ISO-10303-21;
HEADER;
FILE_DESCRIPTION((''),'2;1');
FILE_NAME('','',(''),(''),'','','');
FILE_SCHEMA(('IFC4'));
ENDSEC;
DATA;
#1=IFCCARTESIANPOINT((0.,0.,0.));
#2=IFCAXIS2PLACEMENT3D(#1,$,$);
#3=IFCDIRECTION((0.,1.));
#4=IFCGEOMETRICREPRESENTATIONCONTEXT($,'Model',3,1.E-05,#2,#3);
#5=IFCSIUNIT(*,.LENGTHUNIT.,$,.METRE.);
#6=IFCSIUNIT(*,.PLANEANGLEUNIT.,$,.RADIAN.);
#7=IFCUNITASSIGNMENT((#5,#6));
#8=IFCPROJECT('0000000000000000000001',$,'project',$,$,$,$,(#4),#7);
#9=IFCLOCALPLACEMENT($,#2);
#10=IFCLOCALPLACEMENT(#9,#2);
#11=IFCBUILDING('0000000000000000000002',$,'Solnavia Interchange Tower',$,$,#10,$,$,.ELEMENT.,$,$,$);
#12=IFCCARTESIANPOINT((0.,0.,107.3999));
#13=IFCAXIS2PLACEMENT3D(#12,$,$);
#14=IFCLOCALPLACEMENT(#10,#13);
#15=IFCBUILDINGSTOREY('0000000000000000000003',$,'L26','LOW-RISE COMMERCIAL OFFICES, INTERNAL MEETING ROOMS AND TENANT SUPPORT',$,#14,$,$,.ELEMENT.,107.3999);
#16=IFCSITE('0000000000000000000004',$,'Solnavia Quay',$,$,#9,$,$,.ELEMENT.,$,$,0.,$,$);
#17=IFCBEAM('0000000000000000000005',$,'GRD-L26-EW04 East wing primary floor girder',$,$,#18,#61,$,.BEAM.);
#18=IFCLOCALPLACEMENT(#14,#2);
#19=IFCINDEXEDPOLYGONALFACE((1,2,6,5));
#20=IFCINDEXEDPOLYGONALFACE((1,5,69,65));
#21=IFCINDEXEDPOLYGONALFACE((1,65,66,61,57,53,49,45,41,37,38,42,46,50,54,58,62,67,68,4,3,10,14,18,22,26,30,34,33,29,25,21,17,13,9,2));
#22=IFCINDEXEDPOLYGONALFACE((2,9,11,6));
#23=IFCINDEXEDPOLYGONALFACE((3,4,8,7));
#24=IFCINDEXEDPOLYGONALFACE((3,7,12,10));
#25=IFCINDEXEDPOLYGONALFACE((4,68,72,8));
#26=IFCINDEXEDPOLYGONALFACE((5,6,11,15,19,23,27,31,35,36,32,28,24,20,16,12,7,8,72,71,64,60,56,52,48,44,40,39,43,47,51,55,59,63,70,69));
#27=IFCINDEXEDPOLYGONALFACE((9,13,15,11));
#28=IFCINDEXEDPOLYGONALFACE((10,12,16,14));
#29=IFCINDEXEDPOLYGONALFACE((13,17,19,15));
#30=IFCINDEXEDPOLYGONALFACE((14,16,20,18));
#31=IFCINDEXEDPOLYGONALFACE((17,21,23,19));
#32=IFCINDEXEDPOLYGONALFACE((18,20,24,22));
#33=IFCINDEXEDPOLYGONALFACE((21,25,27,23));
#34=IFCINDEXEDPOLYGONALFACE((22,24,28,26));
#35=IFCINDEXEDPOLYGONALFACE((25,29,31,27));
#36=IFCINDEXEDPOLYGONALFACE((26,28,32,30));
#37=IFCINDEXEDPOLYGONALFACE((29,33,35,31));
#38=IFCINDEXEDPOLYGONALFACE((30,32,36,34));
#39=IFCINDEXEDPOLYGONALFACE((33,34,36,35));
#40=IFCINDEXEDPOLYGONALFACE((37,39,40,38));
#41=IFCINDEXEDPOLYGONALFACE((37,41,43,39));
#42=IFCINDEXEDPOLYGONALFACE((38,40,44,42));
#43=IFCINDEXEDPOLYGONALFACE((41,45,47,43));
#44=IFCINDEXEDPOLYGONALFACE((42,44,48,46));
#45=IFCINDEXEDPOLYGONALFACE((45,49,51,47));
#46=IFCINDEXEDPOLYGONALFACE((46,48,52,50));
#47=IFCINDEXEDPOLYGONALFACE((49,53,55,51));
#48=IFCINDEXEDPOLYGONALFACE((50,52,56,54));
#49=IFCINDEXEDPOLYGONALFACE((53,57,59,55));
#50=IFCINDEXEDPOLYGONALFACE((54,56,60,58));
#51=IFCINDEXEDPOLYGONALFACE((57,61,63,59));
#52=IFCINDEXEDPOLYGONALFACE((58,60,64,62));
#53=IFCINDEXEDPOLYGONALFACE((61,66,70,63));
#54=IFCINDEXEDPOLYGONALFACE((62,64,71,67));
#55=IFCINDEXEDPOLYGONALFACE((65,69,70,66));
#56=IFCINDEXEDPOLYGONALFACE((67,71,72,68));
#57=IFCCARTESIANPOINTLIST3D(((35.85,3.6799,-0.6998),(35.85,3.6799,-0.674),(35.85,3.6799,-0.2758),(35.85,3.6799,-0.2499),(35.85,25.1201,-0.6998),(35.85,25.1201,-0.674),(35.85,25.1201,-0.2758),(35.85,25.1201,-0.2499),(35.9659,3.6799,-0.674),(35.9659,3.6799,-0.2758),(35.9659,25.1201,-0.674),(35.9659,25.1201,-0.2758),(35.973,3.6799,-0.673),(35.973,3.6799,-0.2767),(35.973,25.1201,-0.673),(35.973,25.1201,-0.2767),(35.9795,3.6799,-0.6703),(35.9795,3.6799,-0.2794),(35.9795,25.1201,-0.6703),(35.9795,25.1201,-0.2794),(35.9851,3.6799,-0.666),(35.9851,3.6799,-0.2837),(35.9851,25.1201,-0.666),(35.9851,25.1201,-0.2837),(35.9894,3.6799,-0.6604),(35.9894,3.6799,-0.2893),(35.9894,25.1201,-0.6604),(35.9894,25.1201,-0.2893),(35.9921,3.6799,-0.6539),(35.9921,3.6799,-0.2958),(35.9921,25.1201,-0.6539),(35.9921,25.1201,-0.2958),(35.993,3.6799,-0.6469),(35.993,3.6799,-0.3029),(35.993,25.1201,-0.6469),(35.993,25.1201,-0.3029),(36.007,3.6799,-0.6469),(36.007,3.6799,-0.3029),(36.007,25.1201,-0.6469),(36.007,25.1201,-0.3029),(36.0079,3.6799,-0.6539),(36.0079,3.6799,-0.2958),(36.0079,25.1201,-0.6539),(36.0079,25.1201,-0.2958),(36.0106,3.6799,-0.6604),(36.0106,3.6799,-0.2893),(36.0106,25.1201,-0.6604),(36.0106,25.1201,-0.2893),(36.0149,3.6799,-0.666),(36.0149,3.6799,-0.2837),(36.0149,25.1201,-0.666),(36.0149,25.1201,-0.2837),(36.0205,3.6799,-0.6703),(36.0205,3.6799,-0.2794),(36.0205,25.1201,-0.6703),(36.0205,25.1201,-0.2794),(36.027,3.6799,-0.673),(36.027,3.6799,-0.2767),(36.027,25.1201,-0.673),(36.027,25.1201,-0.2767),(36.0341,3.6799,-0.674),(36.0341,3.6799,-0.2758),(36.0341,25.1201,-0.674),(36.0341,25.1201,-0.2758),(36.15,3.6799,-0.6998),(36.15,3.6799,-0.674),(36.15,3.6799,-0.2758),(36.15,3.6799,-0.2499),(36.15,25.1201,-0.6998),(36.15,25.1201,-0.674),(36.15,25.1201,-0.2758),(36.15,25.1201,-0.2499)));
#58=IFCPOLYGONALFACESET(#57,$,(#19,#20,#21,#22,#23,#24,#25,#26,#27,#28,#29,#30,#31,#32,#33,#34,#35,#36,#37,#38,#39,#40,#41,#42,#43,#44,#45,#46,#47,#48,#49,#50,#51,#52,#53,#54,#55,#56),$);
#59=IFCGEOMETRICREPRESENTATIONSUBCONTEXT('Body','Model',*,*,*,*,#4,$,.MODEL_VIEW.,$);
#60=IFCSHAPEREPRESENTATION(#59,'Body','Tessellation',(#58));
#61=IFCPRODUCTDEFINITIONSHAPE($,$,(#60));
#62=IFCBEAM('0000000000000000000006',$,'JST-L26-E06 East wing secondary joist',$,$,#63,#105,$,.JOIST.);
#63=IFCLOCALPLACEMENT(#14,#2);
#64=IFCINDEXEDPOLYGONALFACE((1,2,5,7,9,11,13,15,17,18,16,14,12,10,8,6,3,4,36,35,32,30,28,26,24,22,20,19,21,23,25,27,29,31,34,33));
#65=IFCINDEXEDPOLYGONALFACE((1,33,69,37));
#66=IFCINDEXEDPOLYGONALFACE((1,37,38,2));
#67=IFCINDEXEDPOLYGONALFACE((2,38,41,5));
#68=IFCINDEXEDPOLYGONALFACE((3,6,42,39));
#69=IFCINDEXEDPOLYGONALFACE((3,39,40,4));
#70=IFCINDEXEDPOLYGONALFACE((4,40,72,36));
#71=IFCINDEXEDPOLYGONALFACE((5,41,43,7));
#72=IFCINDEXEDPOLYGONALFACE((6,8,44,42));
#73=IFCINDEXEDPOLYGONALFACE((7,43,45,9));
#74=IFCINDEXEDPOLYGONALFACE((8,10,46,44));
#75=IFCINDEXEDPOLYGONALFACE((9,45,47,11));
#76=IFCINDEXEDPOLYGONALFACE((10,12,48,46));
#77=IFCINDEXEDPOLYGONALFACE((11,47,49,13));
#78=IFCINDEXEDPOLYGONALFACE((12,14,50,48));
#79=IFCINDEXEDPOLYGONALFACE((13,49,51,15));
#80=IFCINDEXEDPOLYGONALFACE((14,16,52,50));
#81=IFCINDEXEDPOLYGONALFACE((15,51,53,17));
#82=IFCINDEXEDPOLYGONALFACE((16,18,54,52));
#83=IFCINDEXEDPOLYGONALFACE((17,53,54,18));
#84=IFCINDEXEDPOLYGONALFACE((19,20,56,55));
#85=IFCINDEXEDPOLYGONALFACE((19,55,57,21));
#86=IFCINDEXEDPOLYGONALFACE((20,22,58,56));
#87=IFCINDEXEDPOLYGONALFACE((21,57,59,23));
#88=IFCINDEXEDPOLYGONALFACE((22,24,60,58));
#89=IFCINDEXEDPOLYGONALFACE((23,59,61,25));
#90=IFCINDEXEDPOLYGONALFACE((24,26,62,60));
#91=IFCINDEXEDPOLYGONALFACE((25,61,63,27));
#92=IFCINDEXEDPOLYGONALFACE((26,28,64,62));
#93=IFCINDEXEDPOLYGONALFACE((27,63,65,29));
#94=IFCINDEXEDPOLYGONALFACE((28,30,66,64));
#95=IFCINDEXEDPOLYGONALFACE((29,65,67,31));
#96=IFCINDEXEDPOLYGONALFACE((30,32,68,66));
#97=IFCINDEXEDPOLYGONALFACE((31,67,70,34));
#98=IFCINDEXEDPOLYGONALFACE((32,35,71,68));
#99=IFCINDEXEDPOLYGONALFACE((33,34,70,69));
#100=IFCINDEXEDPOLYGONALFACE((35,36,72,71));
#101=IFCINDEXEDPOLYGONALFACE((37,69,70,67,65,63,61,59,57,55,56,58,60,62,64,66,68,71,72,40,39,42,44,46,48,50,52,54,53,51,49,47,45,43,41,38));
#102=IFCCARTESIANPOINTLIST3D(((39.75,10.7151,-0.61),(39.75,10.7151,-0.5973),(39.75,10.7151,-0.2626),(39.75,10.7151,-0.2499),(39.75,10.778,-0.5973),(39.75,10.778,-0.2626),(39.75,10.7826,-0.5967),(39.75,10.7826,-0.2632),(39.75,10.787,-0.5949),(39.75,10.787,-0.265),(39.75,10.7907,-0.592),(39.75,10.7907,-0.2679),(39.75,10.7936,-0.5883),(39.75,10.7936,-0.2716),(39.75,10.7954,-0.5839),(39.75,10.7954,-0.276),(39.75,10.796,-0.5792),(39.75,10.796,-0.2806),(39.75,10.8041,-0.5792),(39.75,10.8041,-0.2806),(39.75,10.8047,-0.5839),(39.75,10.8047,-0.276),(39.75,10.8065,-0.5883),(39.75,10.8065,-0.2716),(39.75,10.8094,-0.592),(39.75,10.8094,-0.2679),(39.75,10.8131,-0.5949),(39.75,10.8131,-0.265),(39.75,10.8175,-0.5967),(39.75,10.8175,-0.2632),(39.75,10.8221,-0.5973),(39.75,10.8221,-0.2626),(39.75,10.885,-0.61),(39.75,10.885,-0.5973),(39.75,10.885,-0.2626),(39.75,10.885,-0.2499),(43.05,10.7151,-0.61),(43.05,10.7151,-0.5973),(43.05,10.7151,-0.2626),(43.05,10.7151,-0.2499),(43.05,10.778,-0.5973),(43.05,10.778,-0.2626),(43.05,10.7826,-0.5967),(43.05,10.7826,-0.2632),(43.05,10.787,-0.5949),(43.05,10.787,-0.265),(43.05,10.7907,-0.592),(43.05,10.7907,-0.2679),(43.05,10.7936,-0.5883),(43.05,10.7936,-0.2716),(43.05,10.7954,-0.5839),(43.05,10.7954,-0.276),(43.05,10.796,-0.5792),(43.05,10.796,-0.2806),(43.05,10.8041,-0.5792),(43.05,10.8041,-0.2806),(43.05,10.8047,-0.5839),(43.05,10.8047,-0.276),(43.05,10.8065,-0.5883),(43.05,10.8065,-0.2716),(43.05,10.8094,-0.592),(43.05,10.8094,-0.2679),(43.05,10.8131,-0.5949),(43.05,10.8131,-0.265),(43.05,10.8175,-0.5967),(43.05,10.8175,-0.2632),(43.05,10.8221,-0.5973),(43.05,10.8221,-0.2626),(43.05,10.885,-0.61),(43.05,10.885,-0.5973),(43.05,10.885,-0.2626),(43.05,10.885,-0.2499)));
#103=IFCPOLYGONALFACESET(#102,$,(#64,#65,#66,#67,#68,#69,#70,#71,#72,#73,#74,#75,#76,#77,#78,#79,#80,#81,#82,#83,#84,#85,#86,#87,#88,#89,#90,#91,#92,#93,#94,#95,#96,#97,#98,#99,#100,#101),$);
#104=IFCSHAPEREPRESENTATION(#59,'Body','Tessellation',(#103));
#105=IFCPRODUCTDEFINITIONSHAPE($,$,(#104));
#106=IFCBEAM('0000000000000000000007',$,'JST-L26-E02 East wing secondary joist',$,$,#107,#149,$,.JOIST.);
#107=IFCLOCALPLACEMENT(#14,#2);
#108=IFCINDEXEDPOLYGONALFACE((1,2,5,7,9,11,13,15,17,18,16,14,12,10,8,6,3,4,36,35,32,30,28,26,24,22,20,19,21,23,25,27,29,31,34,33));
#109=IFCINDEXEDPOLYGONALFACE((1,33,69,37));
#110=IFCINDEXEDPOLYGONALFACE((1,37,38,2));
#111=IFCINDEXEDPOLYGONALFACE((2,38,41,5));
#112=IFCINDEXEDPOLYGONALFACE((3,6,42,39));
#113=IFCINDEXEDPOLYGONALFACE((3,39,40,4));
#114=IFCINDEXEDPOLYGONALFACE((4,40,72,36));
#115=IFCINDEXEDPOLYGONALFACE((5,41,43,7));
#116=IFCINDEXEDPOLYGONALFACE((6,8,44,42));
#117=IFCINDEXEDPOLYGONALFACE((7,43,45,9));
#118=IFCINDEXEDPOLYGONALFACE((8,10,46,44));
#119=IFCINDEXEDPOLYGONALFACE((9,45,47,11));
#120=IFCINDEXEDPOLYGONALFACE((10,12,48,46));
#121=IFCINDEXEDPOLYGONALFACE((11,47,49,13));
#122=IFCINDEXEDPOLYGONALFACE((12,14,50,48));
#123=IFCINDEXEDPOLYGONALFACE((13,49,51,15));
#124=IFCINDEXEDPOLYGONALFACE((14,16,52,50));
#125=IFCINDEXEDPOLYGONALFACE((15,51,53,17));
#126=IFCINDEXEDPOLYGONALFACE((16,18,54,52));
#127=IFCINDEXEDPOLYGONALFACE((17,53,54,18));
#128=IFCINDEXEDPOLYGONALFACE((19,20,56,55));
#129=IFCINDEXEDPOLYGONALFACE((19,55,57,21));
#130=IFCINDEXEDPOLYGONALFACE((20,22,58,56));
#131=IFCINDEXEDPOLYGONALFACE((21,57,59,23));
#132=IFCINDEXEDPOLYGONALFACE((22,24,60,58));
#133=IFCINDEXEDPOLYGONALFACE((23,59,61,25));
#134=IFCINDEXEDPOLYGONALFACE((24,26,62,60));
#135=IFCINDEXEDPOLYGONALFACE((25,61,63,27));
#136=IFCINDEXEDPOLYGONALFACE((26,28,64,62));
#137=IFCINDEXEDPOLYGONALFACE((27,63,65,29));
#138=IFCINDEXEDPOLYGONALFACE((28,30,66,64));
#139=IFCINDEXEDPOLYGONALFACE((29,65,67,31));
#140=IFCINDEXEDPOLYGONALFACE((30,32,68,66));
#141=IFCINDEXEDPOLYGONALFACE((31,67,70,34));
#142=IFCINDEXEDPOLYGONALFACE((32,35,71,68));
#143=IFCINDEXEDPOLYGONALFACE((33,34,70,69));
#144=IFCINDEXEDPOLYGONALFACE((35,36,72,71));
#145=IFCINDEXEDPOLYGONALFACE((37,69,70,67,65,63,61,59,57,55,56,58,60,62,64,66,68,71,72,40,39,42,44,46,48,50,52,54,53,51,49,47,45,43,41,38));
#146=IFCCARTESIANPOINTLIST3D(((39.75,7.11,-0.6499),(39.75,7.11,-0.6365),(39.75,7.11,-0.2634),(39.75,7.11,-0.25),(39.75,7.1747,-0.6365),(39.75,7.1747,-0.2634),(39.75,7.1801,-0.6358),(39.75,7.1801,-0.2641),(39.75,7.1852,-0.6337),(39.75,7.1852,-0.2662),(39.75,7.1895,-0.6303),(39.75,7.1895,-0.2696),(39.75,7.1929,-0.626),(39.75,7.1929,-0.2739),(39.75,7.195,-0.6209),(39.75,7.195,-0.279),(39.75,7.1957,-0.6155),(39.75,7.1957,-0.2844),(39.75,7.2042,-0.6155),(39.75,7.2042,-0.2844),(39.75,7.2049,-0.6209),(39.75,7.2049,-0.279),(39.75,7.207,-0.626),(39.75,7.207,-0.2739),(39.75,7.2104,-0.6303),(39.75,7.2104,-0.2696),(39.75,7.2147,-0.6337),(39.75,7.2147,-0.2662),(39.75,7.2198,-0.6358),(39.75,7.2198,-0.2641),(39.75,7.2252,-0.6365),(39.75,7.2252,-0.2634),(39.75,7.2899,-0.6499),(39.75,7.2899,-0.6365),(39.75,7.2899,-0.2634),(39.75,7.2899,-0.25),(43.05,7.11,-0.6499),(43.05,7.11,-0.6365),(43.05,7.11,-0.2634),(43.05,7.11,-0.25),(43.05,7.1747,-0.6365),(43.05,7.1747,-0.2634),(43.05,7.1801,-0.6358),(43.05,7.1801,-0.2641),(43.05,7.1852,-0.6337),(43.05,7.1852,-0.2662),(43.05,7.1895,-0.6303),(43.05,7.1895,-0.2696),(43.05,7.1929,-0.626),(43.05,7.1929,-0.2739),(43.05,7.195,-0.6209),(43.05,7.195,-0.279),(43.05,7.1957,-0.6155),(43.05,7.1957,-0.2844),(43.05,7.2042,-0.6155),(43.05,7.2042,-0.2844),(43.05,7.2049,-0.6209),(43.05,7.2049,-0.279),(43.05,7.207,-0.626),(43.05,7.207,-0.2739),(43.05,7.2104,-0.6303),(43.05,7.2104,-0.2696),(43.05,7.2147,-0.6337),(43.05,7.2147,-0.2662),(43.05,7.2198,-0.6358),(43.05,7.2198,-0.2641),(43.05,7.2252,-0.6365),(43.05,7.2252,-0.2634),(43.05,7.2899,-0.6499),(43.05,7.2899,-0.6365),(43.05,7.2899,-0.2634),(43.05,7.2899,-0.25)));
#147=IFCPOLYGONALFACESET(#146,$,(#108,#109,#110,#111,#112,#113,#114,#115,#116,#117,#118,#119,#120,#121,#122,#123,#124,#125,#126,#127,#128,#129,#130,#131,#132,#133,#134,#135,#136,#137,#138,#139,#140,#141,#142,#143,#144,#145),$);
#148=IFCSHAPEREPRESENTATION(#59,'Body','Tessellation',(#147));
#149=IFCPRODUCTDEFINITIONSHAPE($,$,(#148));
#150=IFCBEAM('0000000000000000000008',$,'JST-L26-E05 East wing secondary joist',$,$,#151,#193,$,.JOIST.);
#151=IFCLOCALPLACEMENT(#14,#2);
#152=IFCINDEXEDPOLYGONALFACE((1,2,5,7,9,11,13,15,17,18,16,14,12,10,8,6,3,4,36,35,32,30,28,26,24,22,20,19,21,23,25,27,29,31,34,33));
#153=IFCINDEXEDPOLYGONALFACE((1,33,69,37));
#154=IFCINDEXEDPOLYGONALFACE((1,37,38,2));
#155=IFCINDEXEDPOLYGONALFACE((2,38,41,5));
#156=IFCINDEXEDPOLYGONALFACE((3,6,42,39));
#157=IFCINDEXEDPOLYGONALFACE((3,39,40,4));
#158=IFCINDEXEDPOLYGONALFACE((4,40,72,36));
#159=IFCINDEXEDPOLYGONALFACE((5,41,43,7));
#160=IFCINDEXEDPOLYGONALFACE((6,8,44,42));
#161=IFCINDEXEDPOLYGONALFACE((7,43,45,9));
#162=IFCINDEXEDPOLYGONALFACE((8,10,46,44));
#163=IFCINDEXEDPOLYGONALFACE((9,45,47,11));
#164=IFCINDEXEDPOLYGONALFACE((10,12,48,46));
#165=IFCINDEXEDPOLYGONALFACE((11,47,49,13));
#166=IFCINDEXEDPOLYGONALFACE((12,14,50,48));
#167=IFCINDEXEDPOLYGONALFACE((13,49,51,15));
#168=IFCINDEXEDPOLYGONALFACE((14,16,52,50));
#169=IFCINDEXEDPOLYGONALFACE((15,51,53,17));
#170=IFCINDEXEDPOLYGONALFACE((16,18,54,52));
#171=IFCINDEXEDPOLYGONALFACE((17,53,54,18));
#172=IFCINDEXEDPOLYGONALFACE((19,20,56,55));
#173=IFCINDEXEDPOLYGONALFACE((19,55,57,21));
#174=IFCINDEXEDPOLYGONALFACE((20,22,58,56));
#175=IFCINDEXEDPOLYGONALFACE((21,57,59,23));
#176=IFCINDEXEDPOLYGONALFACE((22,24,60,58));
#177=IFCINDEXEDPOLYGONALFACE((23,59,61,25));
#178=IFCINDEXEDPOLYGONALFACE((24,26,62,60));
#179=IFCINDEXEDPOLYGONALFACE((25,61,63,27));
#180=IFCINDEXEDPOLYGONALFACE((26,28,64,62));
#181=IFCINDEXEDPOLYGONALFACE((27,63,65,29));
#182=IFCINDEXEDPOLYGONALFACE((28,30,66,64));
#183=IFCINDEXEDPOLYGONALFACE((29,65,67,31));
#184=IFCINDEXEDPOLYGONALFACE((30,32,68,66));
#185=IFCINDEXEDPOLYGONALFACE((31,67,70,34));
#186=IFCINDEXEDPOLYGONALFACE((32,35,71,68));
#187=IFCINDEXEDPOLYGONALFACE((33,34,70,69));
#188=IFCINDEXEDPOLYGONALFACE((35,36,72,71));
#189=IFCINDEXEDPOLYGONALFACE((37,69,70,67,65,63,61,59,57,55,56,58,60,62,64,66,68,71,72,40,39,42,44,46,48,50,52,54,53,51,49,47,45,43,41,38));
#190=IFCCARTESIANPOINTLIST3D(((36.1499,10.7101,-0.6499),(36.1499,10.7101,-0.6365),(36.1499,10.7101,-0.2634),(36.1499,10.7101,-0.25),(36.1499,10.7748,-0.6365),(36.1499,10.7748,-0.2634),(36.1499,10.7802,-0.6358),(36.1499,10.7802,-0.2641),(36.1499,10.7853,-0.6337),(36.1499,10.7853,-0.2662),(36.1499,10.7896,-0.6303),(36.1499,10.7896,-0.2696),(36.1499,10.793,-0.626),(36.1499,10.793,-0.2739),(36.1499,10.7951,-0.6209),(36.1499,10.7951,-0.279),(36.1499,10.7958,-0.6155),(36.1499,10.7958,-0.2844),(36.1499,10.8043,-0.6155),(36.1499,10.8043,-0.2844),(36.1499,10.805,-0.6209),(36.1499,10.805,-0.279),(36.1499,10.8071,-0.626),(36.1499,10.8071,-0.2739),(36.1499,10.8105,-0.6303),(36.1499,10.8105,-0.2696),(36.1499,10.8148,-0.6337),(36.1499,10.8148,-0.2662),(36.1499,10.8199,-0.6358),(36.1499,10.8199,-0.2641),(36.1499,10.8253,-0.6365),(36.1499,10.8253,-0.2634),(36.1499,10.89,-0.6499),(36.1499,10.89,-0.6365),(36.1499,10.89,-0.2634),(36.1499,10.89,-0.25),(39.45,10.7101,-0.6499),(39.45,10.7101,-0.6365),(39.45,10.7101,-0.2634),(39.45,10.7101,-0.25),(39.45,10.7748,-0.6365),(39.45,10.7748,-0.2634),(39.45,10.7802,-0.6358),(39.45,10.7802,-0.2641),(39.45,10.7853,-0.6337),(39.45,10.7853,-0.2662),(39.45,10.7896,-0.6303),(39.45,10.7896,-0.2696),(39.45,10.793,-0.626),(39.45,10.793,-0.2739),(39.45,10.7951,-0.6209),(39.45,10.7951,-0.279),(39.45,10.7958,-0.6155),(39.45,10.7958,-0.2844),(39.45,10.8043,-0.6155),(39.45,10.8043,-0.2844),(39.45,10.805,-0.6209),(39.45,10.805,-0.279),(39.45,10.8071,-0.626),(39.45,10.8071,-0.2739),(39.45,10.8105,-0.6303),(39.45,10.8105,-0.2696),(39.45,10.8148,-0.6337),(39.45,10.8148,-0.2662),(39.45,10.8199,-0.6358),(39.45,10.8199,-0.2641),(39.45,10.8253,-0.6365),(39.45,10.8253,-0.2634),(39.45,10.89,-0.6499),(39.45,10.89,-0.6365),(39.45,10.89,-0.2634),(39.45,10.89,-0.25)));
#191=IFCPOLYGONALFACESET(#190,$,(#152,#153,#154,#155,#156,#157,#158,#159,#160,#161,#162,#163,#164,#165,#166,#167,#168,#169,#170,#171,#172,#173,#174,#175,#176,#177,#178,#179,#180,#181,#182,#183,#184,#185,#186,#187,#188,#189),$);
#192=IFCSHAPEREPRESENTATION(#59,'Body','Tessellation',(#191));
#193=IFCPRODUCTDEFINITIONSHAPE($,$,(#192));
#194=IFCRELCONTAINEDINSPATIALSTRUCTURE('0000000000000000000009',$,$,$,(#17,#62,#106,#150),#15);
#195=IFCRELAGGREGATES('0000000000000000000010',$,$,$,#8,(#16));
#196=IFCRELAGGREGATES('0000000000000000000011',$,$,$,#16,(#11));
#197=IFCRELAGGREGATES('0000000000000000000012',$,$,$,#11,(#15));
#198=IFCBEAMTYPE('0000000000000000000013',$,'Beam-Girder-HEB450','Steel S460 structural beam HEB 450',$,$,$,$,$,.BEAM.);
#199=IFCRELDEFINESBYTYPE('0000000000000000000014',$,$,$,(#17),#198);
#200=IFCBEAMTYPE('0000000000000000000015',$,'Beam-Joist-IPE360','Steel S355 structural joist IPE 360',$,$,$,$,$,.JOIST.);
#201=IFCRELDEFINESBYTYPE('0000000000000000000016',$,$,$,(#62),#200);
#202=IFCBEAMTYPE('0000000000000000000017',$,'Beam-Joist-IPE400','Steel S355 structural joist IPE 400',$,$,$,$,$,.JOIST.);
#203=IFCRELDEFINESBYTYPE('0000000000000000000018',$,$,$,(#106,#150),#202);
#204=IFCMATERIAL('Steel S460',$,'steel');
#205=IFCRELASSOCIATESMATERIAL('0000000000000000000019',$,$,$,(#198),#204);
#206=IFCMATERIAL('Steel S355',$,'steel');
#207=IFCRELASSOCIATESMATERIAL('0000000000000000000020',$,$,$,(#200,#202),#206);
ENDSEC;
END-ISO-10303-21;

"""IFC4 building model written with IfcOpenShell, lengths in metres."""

from ifc_helpers import new_model, si_unit, direction, frame, origin, origin_2d, place, context, subcontext, project, spatial, i_section, extrude, material, material_profile, profile_set, type_object, element, save


model = new_model("IFC4")

# Units and contexts
model_context = context("Model", 3, precision=1e-05, world=origin(), true_north=direction((0.0, 1.0)))
body_context = subcontext(model_context, "Body", "Model", "MODEL_VIEW")
ifc_project = project(units=[si_unit("LENGTHUNIT", "METRE"), si_unit("PLANEANGLEUNIT", "RADIAN")], contexts=[model_context])

# Site, building, storey
site_placement = place(None, origin())
site = spatial("IfcSite", under=ifc_project, at=site_placement, Name="Solnavia Quay", CompositionType="ELEMENT", RefElevation=0.0)
building_placement = place(site_placement, origin())
building = spatial("IfcBuilding", under=site, at=building_placement, Name="Solnavia Interchange Tower", CompositionType="ELEMENT")
storey_placement = place(building_placement, frame((0.0, 0.0, 107.3999)))
storey = spatial("IfcBuildingStorey", under=building, at=storey_placement, Name="L26", Description="LOW-RISE COMMERCIAL OFFICES, INTERNAL MEETING ROOMS AND TENANT SUPPORT", CompositionType="ELEMENT", Elevation=107.3999)

# Shared definitions
ifc_material_1 = material(Name="Steel S355", Category="steel")

# Beams
ifc_material_2 = material(Name="Steel S460", Category="steel")
ifc_material_profile_1 = material_profile(ifc_material_2, i_section(OverallWidth=0.3, OverallDepth=0.45, WebThickness=0.0139, FlangeThickness=0.0259, FilletRadius=0.0271, at=origin_2d()), Name="HEB 450")
ifc_profile_set_1 = profile_set([ifc_material_profile_1], Name="Steel S460")
beam_type_1 = type_object("IfcBeamType", Name="Beam-Girder-HEB450", Description="Steel S460 structural beam HEB 450", PredefinedType="BEAM", material=ifc_profile_set_1)
beam_1_placement = place(storey_placement, frame((36.0, 3.6799, -0.4749), z_axis=(0.0, 1.0, 0.0), x_axis=(-1.0, 0.0, 0.0)))
element("IfcBeam", 1, at=beam_1_placement, inside=storey, type_object=beam_type_1, Name="GRD-L26-EW04 East wing primary floor girder", PredefinedType="BEAM", context=body_context, shape_type="SweptSolid", body=[
    extrude(i_section(OverallWidth=0.3, OverallDepth=0.45, WebThickness=0.0139, FlangeThickness=0.0259, FilletRadius=0.0271, at=origin_2d()), origin(), (0.0, 0.0, 1.0), 21.4402),
])
ifc_material_profile_2 = material_profile(ifc_material_1, i_section(OverallWidth=0.1699, OverallDepth=0.3601, WebThickness=0.0081, FlangeThickness=0.0127, FilletRadius=0.0181, at=origin_2d()), Name="IPE 360")
ifc_profile_set_2 = profile_set([ifc_material_profile_2], Name="Steel S355")
beam_type_2 = type_object("IfcBeamType", Name="Beam-Joist-IPE360", Description="Steel S355 structural joist IPE 360", PredefinedType="JOIST", material=ifc_profile_set_2)
beam_2_placement = place(storey_placement, frame((39.75, 10.8, -0.4299), z_axis=(1.0, 0.0, 0.0), x_axis=(0.0, 1.0, 0.0)))
element("IfcBeam", 2, at=beam_2_placement, inside=storey, type_object=beam_type_2, Name="JST-L26-E06 East wing secondary joist", PredefinedType="JOIST", context=body_context, shape_type="SweptSolid", body=[
    extrude(i_section(OverallWidth=0.1699, OverallDepth=0.3601, WebThickness=0.0081, FlangeThickness=0.0127, FilletRadius=0.0181, at=origin_2d()), origin(), (0.0, 0.0, 1.0), 3.3),
])
ifc_material_profile_3 = material_profile(ifc_material_1, i_section(OverallWidth=0.1799, OverallDepth=0.3999, WebThickness=0.0085, FlangeThickness=0.0134, FilletRadius=0.021, at=origin_2d()), Name="IPE 400")
ifc_profile_set_3 = profile_set([ifc_material_profile_3], Name="Steel S355")
beam_type_3 = type_object("IfcBeamType", Name="Beam-Joist-IPE400", Description="Steel S355 structural joist IPE 400", PredefinedType="JOIST", material=ifc_profile_set_3)
for number, where, z_axis, x_axis, name in (
    (3, (39.75, 7.2, -0.45), (1.0, 0.0, 0.0), (0.0, 1.0, 0.0), "JST-L26-E02 East wing secondary joist"),
    (4, (36.1499, 10.8, -0.45), (1.0, 0.0, 0.0), (0.0, 1.0, 0.0), "JST-L26-E05 East wing secondary joist"),
):
    element("IfcBeam", number, at=place(storey_placement, frame(where, z_axis=z_axis, x_axis=x_axis)), inside=storey, type_object=beam_type_3, Name=name, PredefinedType="JOIST", context=body_context, shape_type="SweptSolid", body=[
        extrude(i_section(OverallWidth=0.1799, OverallDepth=0.3999, WebThickness=0.0085, FlangeThickness=0.0134, FilletRadius=0.021, at=origin_2d()), origin(), (0.0, 0.0, 1.0), 3.3),
    ])

save(model, "model.ifc")
